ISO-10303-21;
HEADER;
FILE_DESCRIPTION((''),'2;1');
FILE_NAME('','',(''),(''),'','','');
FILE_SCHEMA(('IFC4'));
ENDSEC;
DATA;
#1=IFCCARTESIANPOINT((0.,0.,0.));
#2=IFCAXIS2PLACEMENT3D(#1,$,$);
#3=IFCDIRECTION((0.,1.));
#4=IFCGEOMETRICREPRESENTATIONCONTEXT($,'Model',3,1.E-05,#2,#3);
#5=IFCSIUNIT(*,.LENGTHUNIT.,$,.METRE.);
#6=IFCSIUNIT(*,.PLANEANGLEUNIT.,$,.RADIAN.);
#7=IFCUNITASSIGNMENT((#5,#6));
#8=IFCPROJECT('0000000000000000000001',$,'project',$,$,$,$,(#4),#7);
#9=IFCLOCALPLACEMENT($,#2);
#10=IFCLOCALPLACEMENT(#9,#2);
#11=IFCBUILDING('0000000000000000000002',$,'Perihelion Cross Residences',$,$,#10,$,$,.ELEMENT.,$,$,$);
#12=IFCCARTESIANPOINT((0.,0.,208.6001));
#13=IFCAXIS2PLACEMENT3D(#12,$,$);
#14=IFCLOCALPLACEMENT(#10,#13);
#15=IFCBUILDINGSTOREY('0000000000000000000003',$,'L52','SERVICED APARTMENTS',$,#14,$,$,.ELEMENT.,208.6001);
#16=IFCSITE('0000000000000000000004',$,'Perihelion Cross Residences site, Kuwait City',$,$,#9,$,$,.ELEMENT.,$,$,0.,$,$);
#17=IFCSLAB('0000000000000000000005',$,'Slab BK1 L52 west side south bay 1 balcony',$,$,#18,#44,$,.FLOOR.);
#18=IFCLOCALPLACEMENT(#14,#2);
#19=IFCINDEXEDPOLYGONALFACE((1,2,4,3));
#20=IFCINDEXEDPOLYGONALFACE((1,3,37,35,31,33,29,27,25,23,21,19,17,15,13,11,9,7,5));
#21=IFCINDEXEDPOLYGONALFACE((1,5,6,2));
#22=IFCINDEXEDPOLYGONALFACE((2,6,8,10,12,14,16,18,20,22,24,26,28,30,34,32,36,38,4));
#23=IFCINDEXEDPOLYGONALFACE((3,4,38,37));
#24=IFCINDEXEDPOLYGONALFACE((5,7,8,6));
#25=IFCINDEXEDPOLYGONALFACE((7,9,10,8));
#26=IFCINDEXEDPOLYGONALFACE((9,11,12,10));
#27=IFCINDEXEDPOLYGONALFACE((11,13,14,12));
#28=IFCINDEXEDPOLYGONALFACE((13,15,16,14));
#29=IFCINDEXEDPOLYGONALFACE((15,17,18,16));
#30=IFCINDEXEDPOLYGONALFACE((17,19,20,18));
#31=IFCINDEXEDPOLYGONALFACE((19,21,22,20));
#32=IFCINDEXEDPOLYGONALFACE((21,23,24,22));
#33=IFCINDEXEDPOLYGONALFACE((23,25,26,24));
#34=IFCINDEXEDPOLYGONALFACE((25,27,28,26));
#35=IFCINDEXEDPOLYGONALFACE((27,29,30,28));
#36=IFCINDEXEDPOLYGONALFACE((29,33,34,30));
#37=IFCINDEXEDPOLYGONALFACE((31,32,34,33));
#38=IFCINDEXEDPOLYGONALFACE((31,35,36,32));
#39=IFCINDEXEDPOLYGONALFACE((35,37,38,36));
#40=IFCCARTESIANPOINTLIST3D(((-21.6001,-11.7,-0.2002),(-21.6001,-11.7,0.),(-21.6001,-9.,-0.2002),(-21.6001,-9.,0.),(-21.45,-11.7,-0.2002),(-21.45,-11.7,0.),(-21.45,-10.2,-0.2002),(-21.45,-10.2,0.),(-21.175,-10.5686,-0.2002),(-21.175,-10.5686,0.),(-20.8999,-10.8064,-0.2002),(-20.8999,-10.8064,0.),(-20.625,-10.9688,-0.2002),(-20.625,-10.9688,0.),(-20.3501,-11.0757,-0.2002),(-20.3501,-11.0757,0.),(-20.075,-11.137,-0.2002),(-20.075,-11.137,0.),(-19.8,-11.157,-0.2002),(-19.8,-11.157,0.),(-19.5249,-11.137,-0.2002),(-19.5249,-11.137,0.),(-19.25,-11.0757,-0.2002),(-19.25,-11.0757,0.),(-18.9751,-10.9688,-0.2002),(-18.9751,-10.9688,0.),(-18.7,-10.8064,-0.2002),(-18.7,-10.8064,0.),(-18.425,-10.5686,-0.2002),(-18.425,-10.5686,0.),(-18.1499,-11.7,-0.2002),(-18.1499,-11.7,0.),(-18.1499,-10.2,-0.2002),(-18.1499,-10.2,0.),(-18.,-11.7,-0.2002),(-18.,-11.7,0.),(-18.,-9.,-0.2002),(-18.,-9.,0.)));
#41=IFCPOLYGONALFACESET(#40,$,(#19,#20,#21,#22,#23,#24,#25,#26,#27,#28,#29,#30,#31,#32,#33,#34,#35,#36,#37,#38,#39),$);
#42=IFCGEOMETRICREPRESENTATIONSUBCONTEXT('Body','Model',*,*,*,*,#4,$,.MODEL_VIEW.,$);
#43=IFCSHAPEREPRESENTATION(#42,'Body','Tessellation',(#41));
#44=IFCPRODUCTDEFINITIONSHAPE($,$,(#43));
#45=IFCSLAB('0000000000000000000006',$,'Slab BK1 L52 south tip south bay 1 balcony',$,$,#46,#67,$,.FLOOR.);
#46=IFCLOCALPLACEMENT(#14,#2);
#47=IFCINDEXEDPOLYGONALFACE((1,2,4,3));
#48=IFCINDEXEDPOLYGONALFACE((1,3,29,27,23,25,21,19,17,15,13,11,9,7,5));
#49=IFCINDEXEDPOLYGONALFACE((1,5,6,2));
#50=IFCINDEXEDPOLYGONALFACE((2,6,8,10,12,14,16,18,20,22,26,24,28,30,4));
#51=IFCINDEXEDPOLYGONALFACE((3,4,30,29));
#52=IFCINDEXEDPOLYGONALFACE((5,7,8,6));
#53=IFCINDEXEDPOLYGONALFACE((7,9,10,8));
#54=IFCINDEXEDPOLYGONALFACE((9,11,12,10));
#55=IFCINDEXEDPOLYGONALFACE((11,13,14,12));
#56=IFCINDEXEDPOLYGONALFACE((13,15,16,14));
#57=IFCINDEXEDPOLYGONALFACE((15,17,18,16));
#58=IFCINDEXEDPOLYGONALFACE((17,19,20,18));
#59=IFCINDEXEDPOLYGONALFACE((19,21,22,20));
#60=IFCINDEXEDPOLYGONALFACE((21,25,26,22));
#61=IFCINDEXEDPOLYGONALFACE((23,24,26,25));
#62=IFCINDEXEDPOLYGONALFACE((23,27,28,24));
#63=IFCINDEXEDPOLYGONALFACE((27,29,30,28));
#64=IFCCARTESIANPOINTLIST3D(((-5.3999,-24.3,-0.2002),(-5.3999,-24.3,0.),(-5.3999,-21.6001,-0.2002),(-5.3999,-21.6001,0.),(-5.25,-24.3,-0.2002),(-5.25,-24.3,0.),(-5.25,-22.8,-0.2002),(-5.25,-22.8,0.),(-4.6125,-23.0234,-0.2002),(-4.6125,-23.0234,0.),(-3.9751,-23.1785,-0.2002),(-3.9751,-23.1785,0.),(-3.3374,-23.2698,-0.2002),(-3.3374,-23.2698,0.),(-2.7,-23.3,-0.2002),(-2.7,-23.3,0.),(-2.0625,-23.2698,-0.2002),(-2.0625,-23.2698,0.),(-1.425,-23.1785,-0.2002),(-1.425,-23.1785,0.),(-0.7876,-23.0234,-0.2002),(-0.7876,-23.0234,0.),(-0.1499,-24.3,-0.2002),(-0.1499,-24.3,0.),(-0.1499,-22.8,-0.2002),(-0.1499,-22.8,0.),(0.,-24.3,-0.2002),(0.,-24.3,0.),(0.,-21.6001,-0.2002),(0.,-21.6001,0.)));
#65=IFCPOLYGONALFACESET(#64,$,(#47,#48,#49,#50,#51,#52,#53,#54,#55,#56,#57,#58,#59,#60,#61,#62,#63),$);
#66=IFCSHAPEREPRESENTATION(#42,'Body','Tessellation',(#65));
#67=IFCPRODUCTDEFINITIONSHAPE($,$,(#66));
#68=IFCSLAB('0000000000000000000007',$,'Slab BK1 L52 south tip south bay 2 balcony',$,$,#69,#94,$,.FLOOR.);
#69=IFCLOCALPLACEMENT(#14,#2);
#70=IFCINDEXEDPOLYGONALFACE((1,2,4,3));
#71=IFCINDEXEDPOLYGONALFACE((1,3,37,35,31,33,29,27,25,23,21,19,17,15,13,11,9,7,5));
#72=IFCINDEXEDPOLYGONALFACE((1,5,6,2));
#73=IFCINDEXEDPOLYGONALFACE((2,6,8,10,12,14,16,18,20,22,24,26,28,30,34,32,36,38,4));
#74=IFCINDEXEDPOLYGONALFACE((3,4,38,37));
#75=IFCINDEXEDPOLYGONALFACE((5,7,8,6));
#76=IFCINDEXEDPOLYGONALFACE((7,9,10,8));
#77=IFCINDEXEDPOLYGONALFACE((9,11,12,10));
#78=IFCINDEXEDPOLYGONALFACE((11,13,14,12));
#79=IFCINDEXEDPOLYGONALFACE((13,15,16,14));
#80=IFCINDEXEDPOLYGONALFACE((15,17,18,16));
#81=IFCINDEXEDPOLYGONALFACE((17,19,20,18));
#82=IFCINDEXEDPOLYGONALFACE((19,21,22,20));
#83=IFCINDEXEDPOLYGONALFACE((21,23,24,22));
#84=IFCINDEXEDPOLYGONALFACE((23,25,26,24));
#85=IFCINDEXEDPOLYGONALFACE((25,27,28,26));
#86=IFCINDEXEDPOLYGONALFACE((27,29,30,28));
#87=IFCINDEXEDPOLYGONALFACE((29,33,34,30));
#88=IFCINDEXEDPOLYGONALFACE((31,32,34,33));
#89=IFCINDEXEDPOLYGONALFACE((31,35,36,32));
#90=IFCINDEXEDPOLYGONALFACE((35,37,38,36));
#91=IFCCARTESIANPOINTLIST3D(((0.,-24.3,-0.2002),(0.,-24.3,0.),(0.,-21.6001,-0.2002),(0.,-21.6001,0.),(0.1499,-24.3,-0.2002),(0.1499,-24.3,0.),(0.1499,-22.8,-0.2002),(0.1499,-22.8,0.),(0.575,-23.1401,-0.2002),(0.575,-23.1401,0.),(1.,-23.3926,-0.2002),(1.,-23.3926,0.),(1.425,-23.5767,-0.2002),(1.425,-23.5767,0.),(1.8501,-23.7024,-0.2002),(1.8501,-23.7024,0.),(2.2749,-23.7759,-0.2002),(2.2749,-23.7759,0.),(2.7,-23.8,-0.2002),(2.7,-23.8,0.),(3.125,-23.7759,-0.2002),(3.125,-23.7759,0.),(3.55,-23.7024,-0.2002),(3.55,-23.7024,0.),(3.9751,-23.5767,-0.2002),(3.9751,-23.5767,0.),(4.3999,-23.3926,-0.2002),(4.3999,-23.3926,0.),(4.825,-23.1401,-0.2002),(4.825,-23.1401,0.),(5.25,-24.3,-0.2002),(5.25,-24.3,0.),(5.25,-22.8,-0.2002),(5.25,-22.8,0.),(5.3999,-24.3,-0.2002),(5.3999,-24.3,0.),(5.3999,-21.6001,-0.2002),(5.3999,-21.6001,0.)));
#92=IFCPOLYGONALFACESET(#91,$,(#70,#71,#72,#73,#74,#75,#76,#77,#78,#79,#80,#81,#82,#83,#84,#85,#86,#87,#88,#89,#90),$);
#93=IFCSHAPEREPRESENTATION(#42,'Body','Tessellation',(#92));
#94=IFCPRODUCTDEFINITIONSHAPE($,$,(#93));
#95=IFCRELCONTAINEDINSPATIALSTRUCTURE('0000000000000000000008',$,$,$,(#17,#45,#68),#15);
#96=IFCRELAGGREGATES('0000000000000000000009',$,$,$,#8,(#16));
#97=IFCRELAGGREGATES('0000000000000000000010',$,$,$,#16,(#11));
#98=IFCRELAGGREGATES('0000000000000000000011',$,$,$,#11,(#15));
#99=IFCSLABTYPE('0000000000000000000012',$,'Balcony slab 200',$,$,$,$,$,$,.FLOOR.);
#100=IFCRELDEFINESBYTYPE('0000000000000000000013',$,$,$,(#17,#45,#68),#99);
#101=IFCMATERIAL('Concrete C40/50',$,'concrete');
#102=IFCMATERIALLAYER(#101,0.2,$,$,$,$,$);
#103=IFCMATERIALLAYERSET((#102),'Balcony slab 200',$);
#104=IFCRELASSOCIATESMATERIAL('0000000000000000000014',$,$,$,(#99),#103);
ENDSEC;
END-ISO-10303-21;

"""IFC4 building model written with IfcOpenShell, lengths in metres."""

from ifc_helpers import new_model, si_unit, direction, frame, origin, place, context, subcontext, project, spatial, polyline, outline, extrude, material, layer, layer_set, type_object, element, save


model = new_model("IFC4")

# Units and contexts
model_context = context("Model", 3, precision=1e-05, world=origin(), true_north=direction((0.0, 1.0)))
body_context = subcontext(model_context, "Body", "Model", "MODEL_VIEW")
ifc_project = project(units=[si_unit("LENGTHUNIT", "METRE"), si_unit("PLANEANGLEUNIT", "RADIAN")], contexts=[model_context])

# Site, building, storey
site_placement = place(None, origin())
site = spatial("IfcSite", under=ifc_project, at=site_placement, Name="Perihelion Cross Residences site, Kuwait City", CompositionType="ELEMENT", RefElevation=0.0)
building_placement = place(site_placement, origin())
building = spatial("IfcBuilding", under=site, at=building_placement, Name="Perihelion Cross Residences", CompositionType="ELEMENT")
storey_placement = place(building_placement, frame((0.0, 0.0, 208.6001)))
storey = spatial("IfcBuildingStorey", under=building, at=storey_placement, Name="L52", Description="SERVICED APARTMENTS", CompositionType="ELEMENT", Elevation=208.6001)

# Slabs
ifc_material_1 = material(Name="Concrete C40/50", Category="concrete")
ifc_layer_1 = layer(ifc_material_1, 0.2)
ifc_layer_set_1 = layer_set([ifc_layer_1], Name="Balcony slab 200")
slab_type_1 = type_object("IfcSlabType", Name="Balcony slab 200", PredefinedType="FLOOR", material=ifc_layer_set_1)
slab_1_placement = place(storey_placement, frame((0.0, 0.0, -0.2002)))
element("IfcSlab", 1, at=slab_1_placement, inside=storey, type_object=slab_type_1, Name="Slab BK1 L52 west side south bay 1 balcony", PredefinedType="FLOOR", context=body_context, shape_type="SweptSolid", body=[
    extrude(outline(polyline([(-21.6001, -9.0), (-18.0, -9.0), (-18.0, -11.7), (-18.1499, -11.7), (-18.1499, -10.2), (-18.425, -10.5686), (-18.7, -10.8064), (-18.9751, -10.9688), (-19.25, -11.0757), (-19.5249, -11.137), (-19.8, -11.157), (-20.075, -11.137), (-20.3501, -11.0757), (-20.625, -10.9688), (-20.8999, -10.8064), (-21.175, -10.5686), (-21.45, -10.2), (-21.45, -11.7), (-21.6001, -11.7), (-21.6001, -9.0)])), origin(), (0.0, 0.0, 1.0), 0.2002),
])
slab_2_placement = place(storey_placement, frame((0.0, 0.0, -0.2002)))
element("IfcSlab", 2, at=slab_2_placement, inside=storey, type_object=slab_type_1, Name="Slab BK1 L52 south tip south bay 1 balcony", PredefinedType="FLOOR", context=body_context, shape_type="SweptSolid", body=[
    extrude(outline(polyline([(-5.3999, -21.6001), (0.0, -21.6001), (0.0, -24.3), (-0.1499, -24.3), (-0.1499, -22.8), (-0.7876, -23.0234), (-1.425, -23.1785), (-2.0625, -23.2698), (-2.7, -23.3), (-3.3374, -23.2698), (-3.9751, -23.1785), (-4.6125, -23.0234), (-5.25, -22.8), (-5.25, -24.3), (-5.3999, -24.3), (-5.3999, -21.6001)])), origin(), (0.0, 0.0, 1.0), 0.2002),
])
slab_3_placement = place(storey_placement, frame((0.0, 0.0, -0.2002)))
element("IfcSlab", 3, at=slab_3_placement, inside=storey, type_object=slab_type_1, Name="Slab BK1 L52 south tip south bay 2 balcony", PredefinedType="FLOOR", context=body_context, shape_type="SweptSolid", body=[
    extrude(outline(polyline([(0.0, -21.6001), (5.3999, -21.6001), (5.3999, -24.3), (5.25, -24.3), (5.25, -22.8), (4.825, -23.1401), (4.3999, -23.3926), (3.9751, -23.5767), (3.55, -23.7024), (3.125, -23.7759), (2.7, -23.8), (2.2749, -23.7759), (1.8501, -23.7024), (1.425, -23.5767), (1.0, -23.3926), (0.575, -23.1401), (0.1499, -22.8), (0.1499, -24.3), (0.0, -24.3), (0.0, -21.6001)])), origin(), (0.0, 0.0, 1.0), 0.2002),
])

save(model, "model.ifc")
